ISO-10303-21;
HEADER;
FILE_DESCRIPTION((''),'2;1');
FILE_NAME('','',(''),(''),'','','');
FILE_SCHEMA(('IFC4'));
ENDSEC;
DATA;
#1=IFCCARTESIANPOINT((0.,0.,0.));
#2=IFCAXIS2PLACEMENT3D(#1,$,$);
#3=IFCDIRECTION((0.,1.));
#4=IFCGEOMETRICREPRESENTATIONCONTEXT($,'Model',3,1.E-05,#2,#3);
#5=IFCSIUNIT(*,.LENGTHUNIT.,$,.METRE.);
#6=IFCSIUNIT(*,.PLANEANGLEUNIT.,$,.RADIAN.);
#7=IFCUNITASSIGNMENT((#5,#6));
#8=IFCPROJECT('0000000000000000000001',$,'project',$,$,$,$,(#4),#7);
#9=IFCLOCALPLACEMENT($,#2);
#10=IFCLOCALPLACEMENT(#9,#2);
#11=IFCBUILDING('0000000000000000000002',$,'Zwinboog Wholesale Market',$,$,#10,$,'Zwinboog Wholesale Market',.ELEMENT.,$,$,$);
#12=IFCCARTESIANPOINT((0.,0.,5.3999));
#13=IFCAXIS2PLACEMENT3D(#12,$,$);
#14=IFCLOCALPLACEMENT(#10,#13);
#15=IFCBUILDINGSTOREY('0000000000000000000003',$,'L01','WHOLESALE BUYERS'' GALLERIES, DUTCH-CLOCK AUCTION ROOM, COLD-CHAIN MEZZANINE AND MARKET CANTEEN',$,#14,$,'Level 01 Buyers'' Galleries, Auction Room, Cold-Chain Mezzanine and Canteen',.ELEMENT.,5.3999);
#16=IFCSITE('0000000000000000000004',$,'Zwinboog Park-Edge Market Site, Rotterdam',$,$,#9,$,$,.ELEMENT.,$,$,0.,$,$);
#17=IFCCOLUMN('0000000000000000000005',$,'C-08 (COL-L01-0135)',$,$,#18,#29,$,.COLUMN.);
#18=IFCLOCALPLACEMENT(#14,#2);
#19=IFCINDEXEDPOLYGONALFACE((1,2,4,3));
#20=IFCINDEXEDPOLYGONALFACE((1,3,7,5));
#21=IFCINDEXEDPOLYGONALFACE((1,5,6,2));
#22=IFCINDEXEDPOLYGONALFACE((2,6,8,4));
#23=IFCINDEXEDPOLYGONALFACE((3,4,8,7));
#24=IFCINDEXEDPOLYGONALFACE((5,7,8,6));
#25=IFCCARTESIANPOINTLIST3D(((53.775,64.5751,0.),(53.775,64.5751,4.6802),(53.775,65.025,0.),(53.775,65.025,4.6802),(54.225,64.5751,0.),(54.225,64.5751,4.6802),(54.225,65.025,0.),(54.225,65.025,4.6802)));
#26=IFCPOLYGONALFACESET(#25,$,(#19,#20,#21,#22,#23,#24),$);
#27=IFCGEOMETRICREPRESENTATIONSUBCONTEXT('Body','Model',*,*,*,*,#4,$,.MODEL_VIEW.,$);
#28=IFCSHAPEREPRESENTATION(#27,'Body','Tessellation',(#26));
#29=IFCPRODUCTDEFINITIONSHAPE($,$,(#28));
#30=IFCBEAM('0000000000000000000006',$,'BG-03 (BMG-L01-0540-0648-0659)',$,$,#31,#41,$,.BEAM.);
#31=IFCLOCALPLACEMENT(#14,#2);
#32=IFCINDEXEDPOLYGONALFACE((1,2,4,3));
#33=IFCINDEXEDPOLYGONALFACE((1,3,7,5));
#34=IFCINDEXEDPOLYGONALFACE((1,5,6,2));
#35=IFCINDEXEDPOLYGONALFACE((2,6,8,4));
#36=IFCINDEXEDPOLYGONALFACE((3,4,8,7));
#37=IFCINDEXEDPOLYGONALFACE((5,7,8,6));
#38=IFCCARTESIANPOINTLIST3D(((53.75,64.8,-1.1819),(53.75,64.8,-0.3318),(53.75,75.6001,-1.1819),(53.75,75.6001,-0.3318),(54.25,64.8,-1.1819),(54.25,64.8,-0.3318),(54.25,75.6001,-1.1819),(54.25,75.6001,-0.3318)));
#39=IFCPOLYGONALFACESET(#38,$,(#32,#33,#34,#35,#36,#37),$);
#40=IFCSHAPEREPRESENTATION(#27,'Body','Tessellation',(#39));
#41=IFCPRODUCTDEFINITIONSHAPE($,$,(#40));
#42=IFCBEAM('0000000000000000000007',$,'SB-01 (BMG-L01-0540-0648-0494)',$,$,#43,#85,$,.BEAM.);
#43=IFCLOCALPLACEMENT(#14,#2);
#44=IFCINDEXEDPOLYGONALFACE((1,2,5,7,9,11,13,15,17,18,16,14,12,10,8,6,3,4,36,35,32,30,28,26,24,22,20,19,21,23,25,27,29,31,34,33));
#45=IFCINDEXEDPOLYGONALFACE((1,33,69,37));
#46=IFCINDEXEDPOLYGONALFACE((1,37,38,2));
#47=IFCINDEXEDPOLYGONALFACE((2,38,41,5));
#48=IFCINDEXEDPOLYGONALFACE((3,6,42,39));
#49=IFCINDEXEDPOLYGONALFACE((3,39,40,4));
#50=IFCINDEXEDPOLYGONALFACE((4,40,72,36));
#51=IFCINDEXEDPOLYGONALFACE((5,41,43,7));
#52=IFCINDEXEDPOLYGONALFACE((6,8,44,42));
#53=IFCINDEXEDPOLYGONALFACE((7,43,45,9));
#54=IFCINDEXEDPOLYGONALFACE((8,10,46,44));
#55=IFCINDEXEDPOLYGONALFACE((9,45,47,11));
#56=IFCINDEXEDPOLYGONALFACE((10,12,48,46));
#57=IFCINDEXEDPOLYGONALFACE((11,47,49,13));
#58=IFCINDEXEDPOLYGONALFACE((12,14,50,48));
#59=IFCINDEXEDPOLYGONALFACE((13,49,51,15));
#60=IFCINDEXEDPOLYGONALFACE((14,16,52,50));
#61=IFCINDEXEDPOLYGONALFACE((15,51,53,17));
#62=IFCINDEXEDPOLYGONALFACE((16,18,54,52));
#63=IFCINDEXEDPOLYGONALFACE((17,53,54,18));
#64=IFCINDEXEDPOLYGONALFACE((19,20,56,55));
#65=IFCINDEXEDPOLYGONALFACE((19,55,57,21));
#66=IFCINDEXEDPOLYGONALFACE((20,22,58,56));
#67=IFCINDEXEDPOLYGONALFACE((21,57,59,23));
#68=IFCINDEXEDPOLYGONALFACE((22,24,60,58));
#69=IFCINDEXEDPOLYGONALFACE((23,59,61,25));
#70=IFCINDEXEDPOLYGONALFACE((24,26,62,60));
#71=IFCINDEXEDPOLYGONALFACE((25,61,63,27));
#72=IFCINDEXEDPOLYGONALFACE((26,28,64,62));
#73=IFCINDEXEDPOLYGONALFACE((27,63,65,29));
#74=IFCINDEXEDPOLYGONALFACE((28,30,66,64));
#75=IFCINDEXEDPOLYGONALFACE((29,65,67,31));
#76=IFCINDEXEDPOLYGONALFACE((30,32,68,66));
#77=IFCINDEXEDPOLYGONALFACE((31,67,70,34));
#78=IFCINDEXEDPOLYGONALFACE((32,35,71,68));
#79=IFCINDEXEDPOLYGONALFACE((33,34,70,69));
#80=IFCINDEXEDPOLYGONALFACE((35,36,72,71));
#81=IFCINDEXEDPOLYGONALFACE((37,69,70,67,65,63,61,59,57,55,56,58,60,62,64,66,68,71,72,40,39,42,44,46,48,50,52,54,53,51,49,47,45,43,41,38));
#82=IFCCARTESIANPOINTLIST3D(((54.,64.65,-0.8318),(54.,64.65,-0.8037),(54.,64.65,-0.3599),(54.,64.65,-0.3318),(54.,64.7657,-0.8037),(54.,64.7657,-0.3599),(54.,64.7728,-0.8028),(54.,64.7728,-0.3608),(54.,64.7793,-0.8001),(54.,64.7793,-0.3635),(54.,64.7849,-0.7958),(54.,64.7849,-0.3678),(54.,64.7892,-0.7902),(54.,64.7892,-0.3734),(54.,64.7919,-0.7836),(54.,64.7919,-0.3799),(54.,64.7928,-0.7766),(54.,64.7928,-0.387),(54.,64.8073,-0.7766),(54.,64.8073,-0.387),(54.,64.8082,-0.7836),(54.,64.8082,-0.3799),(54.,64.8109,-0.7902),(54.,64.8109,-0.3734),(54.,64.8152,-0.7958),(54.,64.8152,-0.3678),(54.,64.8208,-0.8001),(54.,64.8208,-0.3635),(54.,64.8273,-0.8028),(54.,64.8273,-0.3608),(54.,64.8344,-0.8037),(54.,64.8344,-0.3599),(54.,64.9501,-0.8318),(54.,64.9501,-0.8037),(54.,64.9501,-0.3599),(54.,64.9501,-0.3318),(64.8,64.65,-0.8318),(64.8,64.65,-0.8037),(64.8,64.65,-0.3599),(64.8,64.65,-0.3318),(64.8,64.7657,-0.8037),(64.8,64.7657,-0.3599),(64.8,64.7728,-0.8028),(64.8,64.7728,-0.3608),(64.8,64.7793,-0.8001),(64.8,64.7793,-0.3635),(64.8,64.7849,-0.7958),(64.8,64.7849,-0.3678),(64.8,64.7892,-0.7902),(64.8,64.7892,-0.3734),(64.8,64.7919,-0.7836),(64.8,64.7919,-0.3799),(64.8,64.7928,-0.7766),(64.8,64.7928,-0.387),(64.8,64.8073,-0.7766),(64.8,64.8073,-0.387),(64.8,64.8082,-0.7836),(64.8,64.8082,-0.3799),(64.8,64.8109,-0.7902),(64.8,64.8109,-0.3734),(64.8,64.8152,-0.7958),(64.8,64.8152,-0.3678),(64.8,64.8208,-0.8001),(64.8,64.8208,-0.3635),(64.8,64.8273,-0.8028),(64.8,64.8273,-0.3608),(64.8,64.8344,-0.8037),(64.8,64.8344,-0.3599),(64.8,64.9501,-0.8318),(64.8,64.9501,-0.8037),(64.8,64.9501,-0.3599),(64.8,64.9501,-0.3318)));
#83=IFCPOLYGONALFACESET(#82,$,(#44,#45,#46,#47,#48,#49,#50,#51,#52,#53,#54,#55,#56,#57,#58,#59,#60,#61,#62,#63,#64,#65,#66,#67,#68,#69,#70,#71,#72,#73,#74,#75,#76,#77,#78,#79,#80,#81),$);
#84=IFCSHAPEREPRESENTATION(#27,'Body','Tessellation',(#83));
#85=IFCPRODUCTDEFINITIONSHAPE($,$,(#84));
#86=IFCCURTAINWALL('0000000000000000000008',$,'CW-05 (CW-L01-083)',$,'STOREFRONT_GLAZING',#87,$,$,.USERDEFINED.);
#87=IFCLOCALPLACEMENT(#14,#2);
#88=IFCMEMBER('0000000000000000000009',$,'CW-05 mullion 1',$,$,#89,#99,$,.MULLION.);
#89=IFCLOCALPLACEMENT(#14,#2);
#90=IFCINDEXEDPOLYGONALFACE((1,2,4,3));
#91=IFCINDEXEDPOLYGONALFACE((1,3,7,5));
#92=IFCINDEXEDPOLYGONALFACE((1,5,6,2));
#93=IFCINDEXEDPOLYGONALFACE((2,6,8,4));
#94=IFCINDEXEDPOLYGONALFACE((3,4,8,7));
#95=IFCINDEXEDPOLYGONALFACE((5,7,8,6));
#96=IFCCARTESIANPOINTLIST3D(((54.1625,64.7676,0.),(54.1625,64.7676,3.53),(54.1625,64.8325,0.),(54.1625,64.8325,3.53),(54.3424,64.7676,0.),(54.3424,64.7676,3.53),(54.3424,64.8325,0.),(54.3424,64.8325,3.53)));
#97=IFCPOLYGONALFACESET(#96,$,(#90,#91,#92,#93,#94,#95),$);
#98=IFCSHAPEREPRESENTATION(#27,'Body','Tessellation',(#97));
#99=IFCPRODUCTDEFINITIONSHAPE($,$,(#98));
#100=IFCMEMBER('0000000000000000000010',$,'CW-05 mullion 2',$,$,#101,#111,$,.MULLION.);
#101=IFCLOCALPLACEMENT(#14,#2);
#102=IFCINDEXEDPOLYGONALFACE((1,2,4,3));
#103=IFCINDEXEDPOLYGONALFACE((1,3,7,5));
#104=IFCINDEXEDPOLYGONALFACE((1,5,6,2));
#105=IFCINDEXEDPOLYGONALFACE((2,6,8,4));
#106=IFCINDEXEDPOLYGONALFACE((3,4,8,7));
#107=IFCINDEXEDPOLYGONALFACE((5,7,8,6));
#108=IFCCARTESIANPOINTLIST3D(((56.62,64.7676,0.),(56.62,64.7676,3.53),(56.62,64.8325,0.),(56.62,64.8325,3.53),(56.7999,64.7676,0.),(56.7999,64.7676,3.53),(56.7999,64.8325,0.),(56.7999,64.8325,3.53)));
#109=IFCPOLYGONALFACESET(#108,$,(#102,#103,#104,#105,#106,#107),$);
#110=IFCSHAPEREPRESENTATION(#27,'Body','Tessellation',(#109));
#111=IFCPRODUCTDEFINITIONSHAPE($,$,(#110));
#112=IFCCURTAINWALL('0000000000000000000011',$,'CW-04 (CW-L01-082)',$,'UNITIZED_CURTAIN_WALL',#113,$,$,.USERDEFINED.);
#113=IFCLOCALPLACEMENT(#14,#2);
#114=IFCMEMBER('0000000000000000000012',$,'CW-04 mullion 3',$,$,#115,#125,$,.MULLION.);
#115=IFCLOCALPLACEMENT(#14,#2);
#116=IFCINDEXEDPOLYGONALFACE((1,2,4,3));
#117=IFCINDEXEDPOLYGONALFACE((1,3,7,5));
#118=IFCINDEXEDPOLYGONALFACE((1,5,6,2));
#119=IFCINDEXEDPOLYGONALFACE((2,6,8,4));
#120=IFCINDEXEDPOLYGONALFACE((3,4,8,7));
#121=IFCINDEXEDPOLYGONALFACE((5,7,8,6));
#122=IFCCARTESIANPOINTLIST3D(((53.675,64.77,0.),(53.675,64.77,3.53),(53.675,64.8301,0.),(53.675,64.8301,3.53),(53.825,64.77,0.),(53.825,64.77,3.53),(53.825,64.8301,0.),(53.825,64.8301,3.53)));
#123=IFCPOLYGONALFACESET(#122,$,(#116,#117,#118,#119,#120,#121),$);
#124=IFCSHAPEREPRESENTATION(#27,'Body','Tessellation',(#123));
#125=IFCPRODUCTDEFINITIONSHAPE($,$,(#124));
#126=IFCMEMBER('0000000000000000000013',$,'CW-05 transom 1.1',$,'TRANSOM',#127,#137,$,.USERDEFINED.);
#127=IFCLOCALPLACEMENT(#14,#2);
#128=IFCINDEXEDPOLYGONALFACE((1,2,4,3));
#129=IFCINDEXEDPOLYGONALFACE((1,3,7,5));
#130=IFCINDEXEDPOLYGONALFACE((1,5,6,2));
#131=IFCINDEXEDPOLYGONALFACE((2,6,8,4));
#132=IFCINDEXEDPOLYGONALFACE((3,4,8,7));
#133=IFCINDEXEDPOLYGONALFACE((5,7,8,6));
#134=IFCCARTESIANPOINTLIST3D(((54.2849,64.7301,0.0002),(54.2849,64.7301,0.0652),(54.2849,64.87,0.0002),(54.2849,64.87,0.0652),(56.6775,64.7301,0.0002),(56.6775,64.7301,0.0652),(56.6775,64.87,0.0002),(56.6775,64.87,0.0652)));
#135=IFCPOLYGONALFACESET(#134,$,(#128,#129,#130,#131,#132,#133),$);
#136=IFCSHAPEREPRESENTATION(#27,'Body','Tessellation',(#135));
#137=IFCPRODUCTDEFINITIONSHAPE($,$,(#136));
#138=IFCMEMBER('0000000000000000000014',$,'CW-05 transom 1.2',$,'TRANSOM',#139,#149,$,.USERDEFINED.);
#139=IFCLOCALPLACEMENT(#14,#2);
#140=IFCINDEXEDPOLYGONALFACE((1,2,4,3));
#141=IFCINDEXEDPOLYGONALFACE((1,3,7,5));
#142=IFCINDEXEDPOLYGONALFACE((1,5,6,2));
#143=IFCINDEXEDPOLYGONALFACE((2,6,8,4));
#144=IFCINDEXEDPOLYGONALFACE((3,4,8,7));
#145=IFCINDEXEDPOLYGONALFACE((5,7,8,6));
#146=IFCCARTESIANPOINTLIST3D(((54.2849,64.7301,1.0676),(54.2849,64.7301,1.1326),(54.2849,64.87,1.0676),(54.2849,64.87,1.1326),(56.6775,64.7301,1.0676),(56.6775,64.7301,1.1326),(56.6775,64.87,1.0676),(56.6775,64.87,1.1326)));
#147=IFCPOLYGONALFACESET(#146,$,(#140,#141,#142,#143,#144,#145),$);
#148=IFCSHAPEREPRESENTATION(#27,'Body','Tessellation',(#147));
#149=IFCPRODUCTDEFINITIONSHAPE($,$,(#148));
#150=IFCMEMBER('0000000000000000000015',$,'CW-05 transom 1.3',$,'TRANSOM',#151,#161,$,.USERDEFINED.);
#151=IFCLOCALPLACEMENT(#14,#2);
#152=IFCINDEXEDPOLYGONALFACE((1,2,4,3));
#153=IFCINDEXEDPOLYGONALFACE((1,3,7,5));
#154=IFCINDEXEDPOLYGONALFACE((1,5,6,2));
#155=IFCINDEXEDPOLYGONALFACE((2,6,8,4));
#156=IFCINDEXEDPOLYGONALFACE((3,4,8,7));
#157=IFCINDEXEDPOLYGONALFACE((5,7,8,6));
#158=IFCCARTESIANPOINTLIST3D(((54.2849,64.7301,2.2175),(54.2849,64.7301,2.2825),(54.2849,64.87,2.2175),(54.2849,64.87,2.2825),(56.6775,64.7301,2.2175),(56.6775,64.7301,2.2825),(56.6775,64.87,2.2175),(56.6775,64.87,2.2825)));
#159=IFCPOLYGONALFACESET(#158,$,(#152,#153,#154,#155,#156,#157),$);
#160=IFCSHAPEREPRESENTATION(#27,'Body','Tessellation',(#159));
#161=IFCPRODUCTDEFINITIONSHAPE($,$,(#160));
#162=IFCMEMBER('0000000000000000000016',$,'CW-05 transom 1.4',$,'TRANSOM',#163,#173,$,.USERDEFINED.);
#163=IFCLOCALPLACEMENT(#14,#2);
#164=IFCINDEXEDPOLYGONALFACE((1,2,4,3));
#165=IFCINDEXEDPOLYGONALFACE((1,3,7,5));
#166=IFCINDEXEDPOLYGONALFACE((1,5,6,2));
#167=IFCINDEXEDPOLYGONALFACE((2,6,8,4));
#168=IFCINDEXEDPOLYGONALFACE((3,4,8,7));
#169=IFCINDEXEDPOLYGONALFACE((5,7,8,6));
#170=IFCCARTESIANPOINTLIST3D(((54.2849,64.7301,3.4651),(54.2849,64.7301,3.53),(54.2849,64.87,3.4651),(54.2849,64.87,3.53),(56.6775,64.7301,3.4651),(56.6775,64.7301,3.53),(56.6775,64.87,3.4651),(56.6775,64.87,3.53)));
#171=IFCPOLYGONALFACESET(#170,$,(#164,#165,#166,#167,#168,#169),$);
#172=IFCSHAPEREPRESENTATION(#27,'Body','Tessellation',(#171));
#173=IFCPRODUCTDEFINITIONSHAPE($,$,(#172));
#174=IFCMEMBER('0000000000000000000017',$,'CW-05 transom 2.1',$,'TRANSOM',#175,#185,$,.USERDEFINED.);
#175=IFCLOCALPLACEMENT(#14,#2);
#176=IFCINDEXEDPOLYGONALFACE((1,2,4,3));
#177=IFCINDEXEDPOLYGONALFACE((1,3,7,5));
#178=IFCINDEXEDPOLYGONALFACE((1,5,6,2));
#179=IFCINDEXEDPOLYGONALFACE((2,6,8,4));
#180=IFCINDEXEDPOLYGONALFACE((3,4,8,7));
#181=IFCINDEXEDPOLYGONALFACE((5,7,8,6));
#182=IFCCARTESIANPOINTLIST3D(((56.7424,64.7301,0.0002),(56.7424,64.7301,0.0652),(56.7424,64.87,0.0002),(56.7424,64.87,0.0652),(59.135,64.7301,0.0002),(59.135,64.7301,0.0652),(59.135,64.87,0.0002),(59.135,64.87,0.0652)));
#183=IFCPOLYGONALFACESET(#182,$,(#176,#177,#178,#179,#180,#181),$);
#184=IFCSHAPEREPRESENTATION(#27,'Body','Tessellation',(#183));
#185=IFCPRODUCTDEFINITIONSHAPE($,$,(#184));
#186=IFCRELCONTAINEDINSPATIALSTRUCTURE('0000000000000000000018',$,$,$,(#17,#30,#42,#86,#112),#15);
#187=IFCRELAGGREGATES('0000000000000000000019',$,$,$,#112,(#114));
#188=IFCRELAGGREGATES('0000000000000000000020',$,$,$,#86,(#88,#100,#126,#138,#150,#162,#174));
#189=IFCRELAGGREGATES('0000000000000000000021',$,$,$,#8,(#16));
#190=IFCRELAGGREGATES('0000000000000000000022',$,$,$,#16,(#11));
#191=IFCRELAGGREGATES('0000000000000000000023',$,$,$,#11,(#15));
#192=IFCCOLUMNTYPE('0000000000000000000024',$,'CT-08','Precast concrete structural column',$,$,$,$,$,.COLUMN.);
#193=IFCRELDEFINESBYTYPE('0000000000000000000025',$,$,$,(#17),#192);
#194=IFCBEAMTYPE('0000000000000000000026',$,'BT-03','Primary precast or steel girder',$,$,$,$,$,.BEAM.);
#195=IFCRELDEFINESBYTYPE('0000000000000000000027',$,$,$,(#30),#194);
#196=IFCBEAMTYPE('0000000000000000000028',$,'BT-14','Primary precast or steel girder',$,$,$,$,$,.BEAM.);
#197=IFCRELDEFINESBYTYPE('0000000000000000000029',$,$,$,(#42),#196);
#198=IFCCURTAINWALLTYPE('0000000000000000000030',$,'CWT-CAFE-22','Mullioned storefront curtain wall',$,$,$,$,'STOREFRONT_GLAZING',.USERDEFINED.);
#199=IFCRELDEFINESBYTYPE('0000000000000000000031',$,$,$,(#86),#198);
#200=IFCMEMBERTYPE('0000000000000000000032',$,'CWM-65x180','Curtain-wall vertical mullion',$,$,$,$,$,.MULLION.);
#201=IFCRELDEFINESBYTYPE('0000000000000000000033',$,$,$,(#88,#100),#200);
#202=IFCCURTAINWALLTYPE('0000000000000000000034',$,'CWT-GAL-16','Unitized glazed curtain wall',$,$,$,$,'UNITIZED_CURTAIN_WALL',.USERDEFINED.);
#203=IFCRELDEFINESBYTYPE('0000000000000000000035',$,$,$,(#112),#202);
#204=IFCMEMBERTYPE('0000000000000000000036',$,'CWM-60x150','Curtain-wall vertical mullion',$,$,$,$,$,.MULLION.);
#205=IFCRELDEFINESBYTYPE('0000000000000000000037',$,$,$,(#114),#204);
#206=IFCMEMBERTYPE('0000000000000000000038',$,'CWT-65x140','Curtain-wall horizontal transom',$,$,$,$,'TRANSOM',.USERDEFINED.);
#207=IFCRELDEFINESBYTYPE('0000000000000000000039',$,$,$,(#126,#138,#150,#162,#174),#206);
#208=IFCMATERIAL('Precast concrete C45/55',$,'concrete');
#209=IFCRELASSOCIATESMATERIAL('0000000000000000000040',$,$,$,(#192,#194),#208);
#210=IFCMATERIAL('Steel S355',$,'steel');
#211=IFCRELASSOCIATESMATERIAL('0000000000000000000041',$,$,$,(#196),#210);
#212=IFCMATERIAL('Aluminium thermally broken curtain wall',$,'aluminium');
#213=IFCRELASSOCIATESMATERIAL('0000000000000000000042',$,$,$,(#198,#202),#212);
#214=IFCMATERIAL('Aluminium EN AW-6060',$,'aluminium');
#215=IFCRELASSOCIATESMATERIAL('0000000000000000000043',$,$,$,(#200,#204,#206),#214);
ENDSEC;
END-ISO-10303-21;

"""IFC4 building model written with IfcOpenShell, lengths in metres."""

from ifc_helpers import new_model, si_unit, direction, frame, origin, origin_2d, place, context, subcontext, project, spatial, rectangle, i_section, extrude, material, material_profile, profile_set, type_object, element, aggregate, save


model = new_model("IFC4")

# Units and contexts
model_context = context("Model", 3, precision=1e-05, world=origin(), true_north=direction((0.0, 1.0)))
body_context = subcontext(model_context, "Body", "Model", "MODEL_VIEW")
ifc_project = project(units=[si_unit("LENGTHUNIT", "METRE"), si_unit("PLANEANGLEUNIT", "RADIAN")], contexts=[model_context])

# Site, building, storey
site_placement = place(None, origin())
site = spatial("IfcSite", under=ifc_project, at=site_placement, Name="Zwinboog Park-Edge Market Site, Rotterdam", CompositionType="ELEMENT", RefElevation=0.0)
building_placement = place(site_placement, origin())
building = spatial("IfcBuilding", under=site, at=building_placement, Name="Zwinboog Wholesale Market", LongName="Zwinboog Wholesale Market", CompositionType="ELEMENT")
storey_placement = place(building_placement, frame((0.0, 0.0, 5.3999)))
storey = spatial("IfcBuildingStorey", under=building, at=storey_placement, Name="L01", Description="WHOLESALE BUYERS' GALLERIES, DUTCH-CLOCK AUCTION ROOM, COLD-CHAIN MEZZANINE AND MARKET CANTEEN", LongName="Level 01 Buyers' Galleries, Auction Room, Cold-Chain Mezzanine and Canteen", CompositionType="ELEMENT", Elevation=5.3999)

# Column
ifc_material_1 = material(Name="Precast concrete C45/55", Category="concrete")
ifc_material_profile_1 = material_profile(ifc_material_1, rectangle(XDim=0.45, YDim=0.45, at=origin_2d()), Name="PC 450x450")
ifc_profile_set_1 = profile_set([ifc_material_profile_1], Name="Precast concrete C45/55")
column_type = type_object("IfcColumnType", Name="CT-08", Description="Precast concrete structural column", PredefinedType="COLUMN", material=ifc_profile_set_1)
column_placement = place(storey_placement, frame((54.0, 64.8, 0.0), z_axis=(0.0, 0.0, 1.0), x_axis=(1.0, 0.0, 0.0)))
element("IfcColumn", 1, at=column_placement, inside=storey, type_object=column_type, Name="C-08 (COL-L01-0135)", PredefinedType="COLUMN", context=body_context, shape_type="SweptSolid", body=[
    extrude(rectangle(XDim=0.45, YDim=0.45, at=origin_2d()), origin(), (0.0, 0.0, 1.0), 4.6802),
])

# Beams
ifc_material_profile_2 = material_profile(ifc_material_1, rectangle(XDim=0.5, YDim=0.8501, at=origin_2d()), Name="PC 500x850")
ifc_profile_set_2 = profile_set([ifc_material_profile_2], Name="Precast concrete C45/55")
beam_type_1 = type_object("IfcBeamType", Name="BT-03", Description="Primary precast or steel girder", PredefinedType="BEAM", material=ifc_profile_set_2)
beam_1_placement = place(storey_placement, frame((54.0, 64.8, -0.7568), z_axis=(0.0, 1.0, 0.0), x_axis=(-1.0, 0.0, 0.0)))
element("IfcBeam", 2, at=beam_1_placement, inside=storey, type_object=beam_type_1, Name="BG-03 (BMG-L01-0540-0648-0659)", PredefinedType="BEAM", context=body_context, shape_type="SweptSolid", body=[
    extrude(rectangle(XDim=0.5, YDim=0.8501, at=origin_2d()), origin(), (0.0, 0.0, 1.0), 10.8),
])
ifc_material_2 = material(Name="Steel S355", Category="steel")
ifc_material_profile_3 = material_profile(ifc_material_2, i_section(OverallWidth=0.3, OverallDepth=0.5, WebThickness=0.0144, FlangeThickness=0.0281, FilletRadius=0.0271, at=origin_2d()), Name="HEB 500")
ifc_profile_set_3 = profile_set([ifc_material_profile_3], Name="Steel S355")
beam_type_2 = type_object("IfcBeamType", Name="BT-14", Description="Primary precast or steel girder", PredefinedType="BEAM", material=ifc_profile_set_3)
beam_2_placement = place(storey_placement, frame((54.0, 64.8, -0.5818), z_axis=(1.0, 0.0, 0.0), x_axis=(0.0, 1.0, 0.0)))
element("IfcBeam", 3, at=beam_2_placement, inside=storey, type_object=beam_type_2, Name="SB-01 (BMG-L01-0540-0648-0494)", PredefinedType="BEAM", context=body_context, shape_type="SweptSolid", body=[
    extrude(i_section(OverallWidth=0.3, OverallDepth=0.5, WebThickness=0.0144, FlangeThickness=0.0281, FilletRadius=0.0271, at=origin_2d()), origin(), (0.0, 0.0, 1.0), 10.8),
])

# Curtain wall, members
ifc_material_3 = material(Name="Aluminium thermally broken curtain wall", Category="aluminium")
curtain_wall_type_1 = type_object("IfcCurtainWallType", Name="CWT-CAFE-22", Description="Mullioned storefront curtain wall", ElementType="STOREFRONT_GLAZING", PredefinedType="USERDEFINED", material=ifc_material_3)
curtain_wall_1_placement = place(storey_placement, origin())
curtain_wall_1 = element("IfcCurtainWall", 4, at=curtain_wall_1_placement, inside=storey, type_object=curtain_wall_type_1, Name="CW-05 (CW-L01-083)", ObjectType="STOREFRONT_GLAZING", PredefinedType="USERDEFINED")
ifc_material_4 = material(Name="Aluminium EN AW-6060", Category="aluminium")
ifc_material_profile_4 = material_profile(ifc_material_4, rectangle(XDim=0.0649, YDim=0.1799, at=origin_2d()), Name="AL 65x180")
ifc_profile_set_4 = profile_set([ifc_material_profile_4], Name="Aluminium EN AW-6060")
member_type_1 = type_object("IfcMemberType", Name="CWM-65x180", Description="Curtain-wall vertical mullion", PredefinedType="MULLION", material=ifc_profile_set_4)
member_1_placement = place(storey_placement, frame((54.2524, 64.8, 0.0), z_axis=(0.0, 0.0, 1.0), x_axis=(0.0, 1.0, 0.0)))
member_1 = element("IfcMember", 5, at=member_1_placement, type_object=member_type_1, Name="CW-05 mullion 1", PredefinedType="MULLION", context=body_context, shape_type="SweptSolid", body=[
    extrude(rectangle(XDim=0.0649, YDim=0.1799, at=origin_2d()), origin(), (0.0, 0.0, 1.0), 3.53),
])
member_2_placement = place(storey_placement, frame((56.71, 64.8, 0.0), z_axis=(0.0, 0.0, 1.0), x_axis=(0.0, 1.0, 0.0)))
member_2 = element("IfcMember", 6, at=member_2_placement, type_object=member_type_1, Name="CW-05 mullion 2", PredefinedType="MULLION", context=body_context, shape_type="SweptSolid", body=[
    extrude(rectangle(XDim=0.0649, YDim=0.1799, at=origin_2d()), origin(), (0.0, 0.0, 1.0), 3.53),
])

# Curtain wall, member
curtain_wall_type_2 = type_object("IfcCurtainWallType", Name="CWT-GAL-16", Description="Unitized glazed curtain wall", ElementType="UNITIZED_CURTAIN_WALL", PredefinedType="USERDEFINED", material=ifc_material_3)
curtain_wall_2_placement = place(storey_placement, origin())
curtain_wall_2 = element("IfcCurtainWall", 7, at=curtain_wall_2_placement, inside=storey, type_object=curtain_wall_type_2, Name="CW-04 (CW-L01-082)", ObjectType="UNITIZED_CURTAIN_WALL", PredefinedType="USERDEFINED")
ifc_material_profile_5 = material_profile(ifc_material_4, rectangle(XDim=0.0601, YDim=0.1499, at=origin_2d()), Name="AL 60x150")
ifc_profile_set_5 = profile_set([ifc_material_profile_5], Name="Aluminium EN AW-6060")
member_type_2 = type_object("IfcMemberType", Name="CWM-60x150", Description="Curtain-wall vertical mullion", PredefinedType="MULLION", material=ifc_profile_set_5)
member_3_placement = place(storey_placement, frame((53.75, 64.8, 0.0), z_axis=(0.0, 0.0, 1.0), x_axis=(0.0, 1.0, 0.0)))
member_3 = element("IfcMember", 8, at=member_3_placement, type_object=member_type_2, Name="CW-04 mullion 3", PredefinedType="MULLION", context=body_context, shape_type="SweptSolid", body=[
    extrude(rectangle(XDim=0.0601, YDim=0.1499, at=origin_2d()), origin(), (0.0, 0.0, 1.0), 3.53),
])
aggregate(curtain_wall_2, [member_3])

# Members
ifc_material_profile_6 = material_profile(ifc_material_4, rectangle(XDim=0.1399, YDim=0.0649, at=origin_2d()), Name="AL 65x140")
ifc_profile_set_6 = profile_set([ifc_material_profile_6], Name="Aluminium EN AW-6060")
member_type_3 = type_object("IfcMemberType", Name="CWT-65x140", Description="Curtain-wall horizontal transom", ElementType="TRANSOM", PredefinedType="USERDEFINED", material=ifc_profile_set_6)
member_4_placement = place(storey_placement, frame((54.2849, 64.8, 0.0327), z_axis=(1.0, 0.0, 0.0), x_axis=(0.0, 1.0, 0.0)))
member_4 = element("IfcMember", 9, at=member_4_placement, type_object=member_type_3, Name="CW-05 transom 1.1", ObjectType="TRANSOM", PredefinedType="USERDEFINED", context=body_context, shape_type="SweptSolid", body=[
    extrude(rectangle(XDim=0.1399, YDim=0.0649, at=origin_2d()), origin(), (0.0, 0.0, 1.0), 2.3926),
])
member_5_placement = place(storey_placement, frame((54.2849, 64.8, 1.1001), z_axis=(1.0, 0.0, 0.0), x_axis=(0.0, 1.0, 0.0)))
member_5 = element("IfcMember", 10, at=member_5_placement, type_object=member_type_3, Name="CW-05 transom 1.2", ObjectType="TRANSOM", PredefinedType="USERDEFINED", context=body_context, shape_type="SweptSolid", body=[
    extrude(rectangle(XDim=0.1399, YDim=0.0649, at=origin_2d()), origin(), (0.0, 0.0, 1.0), 2.3926),
])
member_6_placement = place(storey_placement, frame((54.2849, 64.8, 2.25), z_axis=(1.0, 0.0, 0.0), x_axis=(0.0, 1.0, 0.0)))
member_6 = element("IfcMember", 11, at=member_6_placement, type_object=member_type_3, Name="CW-05 transom 1.3", ObjectType="TRANSOM", PredefinedType="USERDEFINED", context=body_context, shape_type="SweptSolid", body=[
    extrude(rectangle(XDim=0.1399, YDim=0.0649, at=origin_2d()), origin(), (0.0, 0.0, 1.0), 2.3926),
])
member_7_placement = place(storey_placement, frame((54.2849, 64.8, 3.4976), z_axis=(1.0, 0.0, 0.0), x_axis=(0.0, 1.0, 0.0)))
member_7 = element("IfcMember", 12, at=member_7_placement, type_object=member_type_3, Name="CW-05 transom 1.4", ObjectType="TRANSOM", PredefinedType="USERDEFINED", context=body_context, shape_type="SweptSolid", body=[
    extrude(rectangle(XDim=0.1399, YDim=0.0649, at=origin_2d()), origin(), (0.0, 0.0, 1.0), 2.3926),
])
member_8_placement = place(storey_placement, frame((56.7424, 64.8, 0.0327), z_axis=(1.0, 0.0, 0.0), x_axis=(0.0, 1.0, 0.0)))
member_8 = element("IfcMember", 13, at=member_8_placement, type_object=member_type_3, Name="CW-05 transom 2.1", ObjectType="TRANSOM", PredefinedType="USERDEFINED", context=body_context, shape_type="SweptSolid", body=[
    extrude(rectangle(XDim=0.1399, YDim=0.0649, at=origin_2d()), origin(), (0.0, 0.0, 1.0), 2.3926),
])

aggregate(curtain_wall_1, [member_1, member_2, member_4, member_5, member_6, member_7, member_8])

save(model, "model.ifc")
